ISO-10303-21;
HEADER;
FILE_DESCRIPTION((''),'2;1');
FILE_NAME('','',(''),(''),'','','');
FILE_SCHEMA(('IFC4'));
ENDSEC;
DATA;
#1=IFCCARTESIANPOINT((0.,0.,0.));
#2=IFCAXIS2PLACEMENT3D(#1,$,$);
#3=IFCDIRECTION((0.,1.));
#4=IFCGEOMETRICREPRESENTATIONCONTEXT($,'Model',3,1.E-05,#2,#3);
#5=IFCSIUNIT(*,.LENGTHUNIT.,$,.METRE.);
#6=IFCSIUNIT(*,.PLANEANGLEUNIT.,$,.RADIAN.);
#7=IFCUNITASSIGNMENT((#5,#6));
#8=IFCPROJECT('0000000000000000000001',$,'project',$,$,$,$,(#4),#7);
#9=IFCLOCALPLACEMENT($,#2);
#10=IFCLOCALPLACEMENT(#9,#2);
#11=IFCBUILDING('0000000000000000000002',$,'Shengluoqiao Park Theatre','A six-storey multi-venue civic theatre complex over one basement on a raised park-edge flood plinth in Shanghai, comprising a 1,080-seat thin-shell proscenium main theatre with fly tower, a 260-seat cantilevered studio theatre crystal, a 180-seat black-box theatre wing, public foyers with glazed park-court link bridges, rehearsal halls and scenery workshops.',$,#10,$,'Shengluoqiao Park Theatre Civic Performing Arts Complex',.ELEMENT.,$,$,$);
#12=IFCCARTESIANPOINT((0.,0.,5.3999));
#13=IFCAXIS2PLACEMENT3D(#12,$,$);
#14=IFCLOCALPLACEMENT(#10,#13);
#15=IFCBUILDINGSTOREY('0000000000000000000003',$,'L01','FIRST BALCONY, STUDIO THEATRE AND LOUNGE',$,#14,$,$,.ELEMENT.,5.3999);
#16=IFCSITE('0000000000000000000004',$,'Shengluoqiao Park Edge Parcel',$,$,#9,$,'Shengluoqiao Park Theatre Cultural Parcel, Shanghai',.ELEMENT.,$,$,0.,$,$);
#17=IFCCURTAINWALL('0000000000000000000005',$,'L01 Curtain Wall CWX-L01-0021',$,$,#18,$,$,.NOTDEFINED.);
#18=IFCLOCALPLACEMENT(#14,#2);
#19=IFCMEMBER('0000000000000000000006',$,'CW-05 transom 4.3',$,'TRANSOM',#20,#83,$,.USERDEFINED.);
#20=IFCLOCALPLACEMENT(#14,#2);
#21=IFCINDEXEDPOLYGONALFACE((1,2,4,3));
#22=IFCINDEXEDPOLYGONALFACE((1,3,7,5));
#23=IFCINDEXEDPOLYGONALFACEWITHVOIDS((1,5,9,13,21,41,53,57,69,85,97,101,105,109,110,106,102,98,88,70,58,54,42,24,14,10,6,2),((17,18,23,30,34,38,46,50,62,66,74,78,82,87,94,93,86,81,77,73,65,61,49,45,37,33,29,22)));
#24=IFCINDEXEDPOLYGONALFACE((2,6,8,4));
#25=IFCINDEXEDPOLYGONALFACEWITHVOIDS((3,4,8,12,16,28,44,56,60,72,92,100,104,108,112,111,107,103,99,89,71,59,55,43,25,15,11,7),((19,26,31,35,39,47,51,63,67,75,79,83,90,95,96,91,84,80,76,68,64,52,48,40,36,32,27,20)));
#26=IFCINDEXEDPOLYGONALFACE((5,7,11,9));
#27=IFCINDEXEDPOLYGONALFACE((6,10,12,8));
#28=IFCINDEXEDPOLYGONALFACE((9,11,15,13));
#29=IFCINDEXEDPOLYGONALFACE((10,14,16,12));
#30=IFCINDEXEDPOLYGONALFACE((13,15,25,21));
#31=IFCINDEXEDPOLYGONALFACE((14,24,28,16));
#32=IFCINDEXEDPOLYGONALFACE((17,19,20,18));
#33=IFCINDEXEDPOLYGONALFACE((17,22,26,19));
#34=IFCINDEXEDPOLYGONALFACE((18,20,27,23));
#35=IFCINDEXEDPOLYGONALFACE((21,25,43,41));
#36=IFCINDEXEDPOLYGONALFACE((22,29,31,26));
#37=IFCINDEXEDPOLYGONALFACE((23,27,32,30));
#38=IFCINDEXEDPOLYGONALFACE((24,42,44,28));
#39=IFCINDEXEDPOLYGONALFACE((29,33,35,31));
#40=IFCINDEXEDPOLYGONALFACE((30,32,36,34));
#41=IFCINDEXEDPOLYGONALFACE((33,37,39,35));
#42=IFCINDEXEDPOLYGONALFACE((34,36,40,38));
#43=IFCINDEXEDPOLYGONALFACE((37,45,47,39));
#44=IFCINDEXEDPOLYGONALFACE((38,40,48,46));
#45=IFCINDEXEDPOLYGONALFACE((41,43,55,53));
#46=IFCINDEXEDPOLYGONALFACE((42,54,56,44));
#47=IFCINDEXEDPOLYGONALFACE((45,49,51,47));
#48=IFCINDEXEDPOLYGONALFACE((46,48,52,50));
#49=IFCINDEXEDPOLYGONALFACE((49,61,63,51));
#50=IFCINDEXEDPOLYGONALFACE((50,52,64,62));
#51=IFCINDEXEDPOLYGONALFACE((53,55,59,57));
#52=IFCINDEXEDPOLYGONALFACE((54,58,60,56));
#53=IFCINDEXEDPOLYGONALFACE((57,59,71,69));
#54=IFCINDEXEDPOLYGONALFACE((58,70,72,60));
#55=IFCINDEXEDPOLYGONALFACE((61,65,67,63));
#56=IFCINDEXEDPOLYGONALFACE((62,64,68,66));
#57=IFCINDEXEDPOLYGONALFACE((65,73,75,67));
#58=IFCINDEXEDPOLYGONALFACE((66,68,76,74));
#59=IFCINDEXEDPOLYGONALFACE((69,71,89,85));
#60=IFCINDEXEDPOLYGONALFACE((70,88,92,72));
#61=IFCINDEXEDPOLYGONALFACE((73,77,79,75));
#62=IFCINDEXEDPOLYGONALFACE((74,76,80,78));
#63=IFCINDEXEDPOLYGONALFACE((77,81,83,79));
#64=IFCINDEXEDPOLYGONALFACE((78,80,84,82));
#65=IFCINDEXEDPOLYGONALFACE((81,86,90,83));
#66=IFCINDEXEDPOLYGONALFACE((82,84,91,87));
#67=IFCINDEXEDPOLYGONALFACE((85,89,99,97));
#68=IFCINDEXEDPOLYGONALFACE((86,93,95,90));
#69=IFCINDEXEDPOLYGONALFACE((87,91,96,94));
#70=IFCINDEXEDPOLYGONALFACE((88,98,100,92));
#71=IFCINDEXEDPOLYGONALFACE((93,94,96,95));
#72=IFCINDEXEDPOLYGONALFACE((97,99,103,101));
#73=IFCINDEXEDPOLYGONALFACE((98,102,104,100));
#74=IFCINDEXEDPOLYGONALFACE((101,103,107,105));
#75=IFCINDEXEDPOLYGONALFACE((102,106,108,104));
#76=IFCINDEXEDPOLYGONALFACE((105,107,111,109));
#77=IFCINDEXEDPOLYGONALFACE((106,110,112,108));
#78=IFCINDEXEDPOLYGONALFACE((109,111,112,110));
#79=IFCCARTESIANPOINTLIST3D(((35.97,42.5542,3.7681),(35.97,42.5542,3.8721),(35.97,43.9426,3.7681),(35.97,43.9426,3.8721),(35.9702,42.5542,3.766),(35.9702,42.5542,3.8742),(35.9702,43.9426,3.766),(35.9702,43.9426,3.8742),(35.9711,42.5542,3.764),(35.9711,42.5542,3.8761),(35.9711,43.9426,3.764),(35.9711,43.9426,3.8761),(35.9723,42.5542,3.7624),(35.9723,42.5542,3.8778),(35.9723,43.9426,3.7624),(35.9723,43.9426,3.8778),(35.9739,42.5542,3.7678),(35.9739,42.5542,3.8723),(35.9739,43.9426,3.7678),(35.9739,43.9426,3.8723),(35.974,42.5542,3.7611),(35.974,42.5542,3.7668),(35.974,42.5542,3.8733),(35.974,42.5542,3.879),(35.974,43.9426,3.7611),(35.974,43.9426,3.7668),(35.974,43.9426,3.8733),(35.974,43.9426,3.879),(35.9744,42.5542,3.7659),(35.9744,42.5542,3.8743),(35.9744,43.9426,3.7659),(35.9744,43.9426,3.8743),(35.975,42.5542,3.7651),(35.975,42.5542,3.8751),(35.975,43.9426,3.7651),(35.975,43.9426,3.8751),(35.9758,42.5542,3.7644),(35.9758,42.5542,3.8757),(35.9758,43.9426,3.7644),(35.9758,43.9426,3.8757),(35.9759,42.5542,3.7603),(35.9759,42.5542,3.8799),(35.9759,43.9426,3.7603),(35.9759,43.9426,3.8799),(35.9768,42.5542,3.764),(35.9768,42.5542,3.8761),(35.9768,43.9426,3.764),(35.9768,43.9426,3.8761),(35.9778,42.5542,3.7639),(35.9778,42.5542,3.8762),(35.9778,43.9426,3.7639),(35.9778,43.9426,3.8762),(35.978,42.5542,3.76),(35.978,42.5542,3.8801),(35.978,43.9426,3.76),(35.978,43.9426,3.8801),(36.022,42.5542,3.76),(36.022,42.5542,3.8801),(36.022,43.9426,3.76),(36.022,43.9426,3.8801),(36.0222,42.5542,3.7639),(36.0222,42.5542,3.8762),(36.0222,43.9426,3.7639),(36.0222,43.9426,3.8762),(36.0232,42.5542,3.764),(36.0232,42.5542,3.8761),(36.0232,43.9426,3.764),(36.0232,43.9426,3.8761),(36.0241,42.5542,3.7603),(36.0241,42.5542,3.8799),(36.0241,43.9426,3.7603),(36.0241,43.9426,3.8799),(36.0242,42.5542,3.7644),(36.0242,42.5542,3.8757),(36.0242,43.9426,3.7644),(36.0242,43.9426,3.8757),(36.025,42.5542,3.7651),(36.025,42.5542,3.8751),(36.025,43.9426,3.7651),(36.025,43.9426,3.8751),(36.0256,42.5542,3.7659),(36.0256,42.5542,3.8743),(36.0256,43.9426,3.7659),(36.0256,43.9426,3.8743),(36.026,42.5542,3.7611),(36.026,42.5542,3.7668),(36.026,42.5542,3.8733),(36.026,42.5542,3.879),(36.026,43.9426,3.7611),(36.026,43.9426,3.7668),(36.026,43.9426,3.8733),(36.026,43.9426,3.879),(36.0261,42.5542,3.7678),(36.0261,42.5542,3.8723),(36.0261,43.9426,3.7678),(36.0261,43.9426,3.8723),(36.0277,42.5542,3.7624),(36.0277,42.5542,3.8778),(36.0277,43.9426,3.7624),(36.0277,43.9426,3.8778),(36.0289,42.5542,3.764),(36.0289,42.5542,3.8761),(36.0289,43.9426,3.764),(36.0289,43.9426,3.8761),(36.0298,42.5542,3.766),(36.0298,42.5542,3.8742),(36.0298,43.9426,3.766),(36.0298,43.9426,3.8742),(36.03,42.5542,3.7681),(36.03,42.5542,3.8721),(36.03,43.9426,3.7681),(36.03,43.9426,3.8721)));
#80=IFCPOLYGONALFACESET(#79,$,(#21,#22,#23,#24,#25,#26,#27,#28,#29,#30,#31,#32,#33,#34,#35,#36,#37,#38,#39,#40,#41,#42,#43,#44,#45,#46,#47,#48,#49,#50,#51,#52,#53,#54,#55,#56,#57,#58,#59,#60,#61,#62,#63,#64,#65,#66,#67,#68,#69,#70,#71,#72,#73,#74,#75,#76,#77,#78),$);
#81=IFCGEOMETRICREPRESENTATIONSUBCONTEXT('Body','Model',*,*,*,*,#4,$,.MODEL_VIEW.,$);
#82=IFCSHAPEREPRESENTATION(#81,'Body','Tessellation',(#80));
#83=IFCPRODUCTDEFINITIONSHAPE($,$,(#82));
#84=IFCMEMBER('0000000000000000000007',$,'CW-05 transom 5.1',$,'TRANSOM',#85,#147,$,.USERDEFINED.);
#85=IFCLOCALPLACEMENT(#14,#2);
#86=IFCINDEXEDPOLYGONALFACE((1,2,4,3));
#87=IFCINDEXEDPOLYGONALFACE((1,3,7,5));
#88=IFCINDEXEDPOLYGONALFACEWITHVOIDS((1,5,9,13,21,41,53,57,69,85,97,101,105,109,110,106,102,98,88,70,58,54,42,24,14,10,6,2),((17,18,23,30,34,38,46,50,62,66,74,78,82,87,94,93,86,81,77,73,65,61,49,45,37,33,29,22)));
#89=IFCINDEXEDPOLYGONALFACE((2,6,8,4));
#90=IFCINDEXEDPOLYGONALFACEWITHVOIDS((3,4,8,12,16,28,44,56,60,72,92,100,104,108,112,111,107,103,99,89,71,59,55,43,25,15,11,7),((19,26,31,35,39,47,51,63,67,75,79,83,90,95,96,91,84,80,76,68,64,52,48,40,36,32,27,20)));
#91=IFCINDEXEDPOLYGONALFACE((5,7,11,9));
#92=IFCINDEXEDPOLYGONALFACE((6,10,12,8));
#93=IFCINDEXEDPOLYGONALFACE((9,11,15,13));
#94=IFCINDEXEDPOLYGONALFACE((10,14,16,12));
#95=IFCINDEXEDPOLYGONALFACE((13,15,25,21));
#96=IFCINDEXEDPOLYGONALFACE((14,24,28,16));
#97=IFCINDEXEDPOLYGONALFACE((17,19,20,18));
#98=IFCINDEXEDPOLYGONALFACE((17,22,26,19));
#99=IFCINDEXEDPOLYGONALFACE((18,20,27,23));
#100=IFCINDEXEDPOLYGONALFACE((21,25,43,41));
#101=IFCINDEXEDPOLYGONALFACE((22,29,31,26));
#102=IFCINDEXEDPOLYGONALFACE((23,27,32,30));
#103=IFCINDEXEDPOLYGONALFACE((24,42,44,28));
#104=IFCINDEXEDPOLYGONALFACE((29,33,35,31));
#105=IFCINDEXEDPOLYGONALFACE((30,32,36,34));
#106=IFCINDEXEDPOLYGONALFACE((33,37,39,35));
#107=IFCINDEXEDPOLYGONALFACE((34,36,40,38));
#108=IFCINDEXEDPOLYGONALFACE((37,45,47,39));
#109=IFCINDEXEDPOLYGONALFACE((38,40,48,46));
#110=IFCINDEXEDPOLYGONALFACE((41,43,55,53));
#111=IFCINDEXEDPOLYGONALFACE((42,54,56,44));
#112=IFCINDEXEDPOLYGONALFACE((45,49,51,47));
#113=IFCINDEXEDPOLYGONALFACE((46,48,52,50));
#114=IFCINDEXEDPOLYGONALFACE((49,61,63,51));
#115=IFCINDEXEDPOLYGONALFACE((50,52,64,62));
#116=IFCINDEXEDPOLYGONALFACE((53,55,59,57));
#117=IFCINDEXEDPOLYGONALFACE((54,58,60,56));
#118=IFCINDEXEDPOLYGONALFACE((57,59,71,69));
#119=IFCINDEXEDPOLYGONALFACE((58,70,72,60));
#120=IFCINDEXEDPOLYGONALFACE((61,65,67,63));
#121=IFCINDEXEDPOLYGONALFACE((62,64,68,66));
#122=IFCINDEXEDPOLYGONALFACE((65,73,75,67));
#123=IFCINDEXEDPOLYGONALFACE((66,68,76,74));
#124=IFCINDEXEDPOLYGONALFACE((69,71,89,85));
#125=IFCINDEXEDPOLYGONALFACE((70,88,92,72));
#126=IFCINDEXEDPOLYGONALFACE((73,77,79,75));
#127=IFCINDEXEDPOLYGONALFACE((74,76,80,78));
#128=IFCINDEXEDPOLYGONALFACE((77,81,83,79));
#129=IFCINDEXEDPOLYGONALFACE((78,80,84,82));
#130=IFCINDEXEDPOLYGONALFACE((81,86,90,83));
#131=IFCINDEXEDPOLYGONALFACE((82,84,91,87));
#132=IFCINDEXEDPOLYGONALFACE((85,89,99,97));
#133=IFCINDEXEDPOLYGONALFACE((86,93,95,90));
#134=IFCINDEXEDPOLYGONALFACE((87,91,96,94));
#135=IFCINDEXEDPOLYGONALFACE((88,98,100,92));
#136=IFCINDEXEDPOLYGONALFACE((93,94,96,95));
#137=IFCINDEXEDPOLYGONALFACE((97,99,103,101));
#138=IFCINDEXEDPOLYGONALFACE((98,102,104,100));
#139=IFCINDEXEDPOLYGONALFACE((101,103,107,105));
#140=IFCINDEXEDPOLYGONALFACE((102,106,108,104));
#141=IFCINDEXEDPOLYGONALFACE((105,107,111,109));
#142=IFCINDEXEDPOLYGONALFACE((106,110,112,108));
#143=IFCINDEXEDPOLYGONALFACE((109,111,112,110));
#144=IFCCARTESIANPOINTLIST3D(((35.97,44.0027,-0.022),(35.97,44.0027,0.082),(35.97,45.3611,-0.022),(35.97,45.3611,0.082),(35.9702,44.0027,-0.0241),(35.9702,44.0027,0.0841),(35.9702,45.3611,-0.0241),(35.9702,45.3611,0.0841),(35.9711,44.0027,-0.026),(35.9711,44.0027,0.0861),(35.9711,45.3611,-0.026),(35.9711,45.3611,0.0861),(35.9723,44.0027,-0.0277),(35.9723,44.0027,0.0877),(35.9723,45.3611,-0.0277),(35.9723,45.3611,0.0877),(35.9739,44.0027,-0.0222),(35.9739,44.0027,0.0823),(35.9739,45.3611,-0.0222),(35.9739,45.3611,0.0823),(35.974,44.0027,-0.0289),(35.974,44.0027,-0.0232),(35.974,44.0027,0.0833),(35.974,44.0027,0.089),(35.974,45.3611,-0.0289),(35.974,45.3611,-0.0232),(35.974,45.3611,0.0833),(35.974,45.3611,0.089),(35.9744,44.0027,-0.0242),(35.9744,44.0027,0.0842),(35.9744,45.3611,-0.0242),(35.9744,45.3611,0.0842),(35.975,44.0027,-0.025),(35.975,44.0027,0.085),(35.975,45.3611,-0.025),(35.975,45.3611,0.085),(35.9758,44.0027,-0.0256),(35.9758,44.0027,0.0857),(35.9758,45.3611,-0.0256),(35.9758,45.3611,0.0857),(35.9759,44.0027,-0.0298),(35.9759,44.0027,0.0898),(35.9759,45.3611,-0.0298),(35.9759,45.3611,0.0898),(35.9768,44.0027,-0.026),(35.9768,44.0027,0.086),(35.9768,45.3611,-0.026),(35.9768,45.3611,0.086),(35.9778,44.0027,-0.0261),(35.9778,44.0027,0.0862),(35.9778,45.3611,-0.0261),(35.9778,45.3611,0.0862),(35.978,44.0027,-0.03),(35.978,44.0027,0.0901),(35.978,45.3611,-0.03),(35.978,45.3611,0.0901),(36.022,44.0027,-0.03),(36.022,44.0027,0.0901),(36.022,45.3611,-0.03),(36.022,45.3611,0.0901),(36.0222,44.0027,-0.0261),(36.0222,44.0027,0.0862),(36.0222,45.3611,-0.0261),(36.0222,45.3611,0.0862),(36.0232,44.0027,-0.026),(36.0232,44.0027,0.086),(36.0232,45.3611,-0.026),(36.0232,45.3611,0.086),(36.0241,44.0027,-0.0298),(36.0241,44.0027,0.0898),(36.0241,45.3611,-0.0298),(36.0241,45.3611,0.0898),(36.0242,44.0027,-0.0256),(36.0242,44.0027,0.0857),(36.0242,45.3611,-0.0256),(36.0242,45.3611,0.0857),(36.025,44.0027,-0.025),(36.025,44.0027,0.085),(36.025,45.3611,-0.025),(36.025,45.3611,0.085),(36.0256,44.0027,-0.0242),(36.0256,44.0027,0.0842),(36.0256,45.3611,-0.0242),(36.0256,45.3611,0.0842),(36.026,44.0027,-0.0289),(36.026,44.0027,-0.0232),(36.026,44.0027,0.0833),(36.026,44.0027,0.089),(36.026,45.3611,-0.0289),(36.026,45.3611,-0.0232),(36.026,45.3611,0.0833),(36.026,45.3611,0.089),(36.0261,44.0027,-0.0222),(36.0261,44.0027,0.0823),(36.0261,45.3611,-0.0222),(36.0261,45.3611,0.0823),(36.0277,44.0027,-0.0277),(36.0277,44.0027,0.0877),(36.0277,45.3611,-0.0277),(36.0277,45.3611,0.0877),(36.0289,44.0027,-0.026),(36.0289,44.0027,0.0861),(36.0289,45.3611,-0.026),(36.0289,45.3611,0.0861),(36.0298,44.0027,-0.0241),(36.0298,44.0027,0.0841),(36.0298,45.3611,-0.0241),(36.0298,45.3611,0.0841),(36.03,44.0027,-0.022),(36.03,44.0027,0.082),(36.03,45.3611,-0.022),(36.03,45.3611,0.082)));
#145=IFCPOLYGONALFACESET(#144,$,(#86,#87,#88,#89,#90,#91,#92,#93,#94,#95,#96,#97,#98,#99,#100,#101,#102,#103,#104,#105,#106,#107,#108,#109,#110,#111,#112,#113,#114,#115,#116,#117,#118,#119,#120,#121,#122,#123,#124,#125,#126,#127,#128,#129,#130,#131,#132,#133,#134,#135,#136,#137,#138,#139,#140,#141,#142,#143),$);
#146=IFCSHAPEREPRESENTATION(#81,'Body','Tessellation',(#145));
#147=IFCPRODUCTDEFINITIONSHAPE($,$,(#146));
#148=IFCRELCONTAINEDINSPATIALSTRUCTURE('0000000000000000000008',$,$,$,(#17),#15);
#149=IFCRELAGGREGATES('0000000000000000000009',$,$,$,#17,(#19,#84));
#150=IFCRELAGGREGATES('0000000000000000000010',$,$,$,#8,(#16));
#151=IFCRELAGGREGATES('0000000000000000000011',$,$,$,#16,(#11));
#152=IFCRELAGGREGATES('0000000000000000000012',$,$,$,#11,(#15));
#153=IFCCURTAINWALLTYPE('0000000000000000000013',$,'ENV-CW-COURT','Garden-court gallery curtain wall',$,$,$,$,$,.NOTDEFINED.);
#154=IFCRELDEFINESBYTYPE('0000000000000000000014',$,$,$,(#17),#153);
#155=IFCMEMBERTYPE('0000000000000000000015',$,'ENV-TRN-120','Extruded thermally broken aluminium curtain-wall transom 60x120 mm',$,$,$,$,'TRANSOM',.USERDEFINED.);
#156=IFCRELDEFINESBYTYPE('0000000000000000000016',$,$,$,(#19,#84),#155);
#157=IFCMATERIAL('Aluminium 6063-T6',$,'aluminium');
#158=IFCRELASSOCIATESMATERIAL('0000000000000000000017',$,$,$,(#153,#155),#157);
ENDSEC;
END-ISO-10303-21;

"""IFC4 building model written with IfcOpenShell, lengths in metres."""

from ifc_helpers import new_model, si_unit, direction, frame, origin, origin_2d, place, context, subcontext, project, spatial, hollow_rectangle, extrude, material, material_profile, profile_set, type_object, element, aggregate, save


model = new_model("IFC4")

# Units and contexts
model_context = context("Model", 3, precision=1e-05, world=origin(), true_north=direction((0.0, 1.0)))
body_context = subcontext(model_context, "Body", "Model", "MODEL_VIEW")
ifc_project = project(units=[si_unit("LENGTHUNIT", "METRE"), si_unit("PLANEANGLEUNIT", "RADIAN")], contexts=[model_context])

# Site, building, storey
site_placement = place(None, origin())
site = spatial("IfcSite", under=ifc_project, at=site_placement, Name="Shengluoqiao Park Edge Parcel", LongName="Shengluoqiao Park Theatre Cultural Parcel, Shanghai", CompositionType="ELEMENT", RefElevation=0.0)
building_placement = place(site_placement, origin())
building = spatial("IfcBuilding", under=site, at=building_placement, Name="Shengluoqiao Park Theatre", Description="A six-storey multi-venue civic theatre complex over one basement on a raised park-edge flood plinth in Shanghai, comprising a 1,080-seat thin-shell proscenium main theatre with fly tower, a 260-seat cantilevered studio theatre crystal, a 180-seat black-box theatre wing, public foyers with glazed park-court link bridges, rehearsal halls and scenery workshops.", LongName="Shengluoqiao Park Theatre Civic Performing Arts Complex", CompositionType="ELEMENT")
storey_placement = place(building_placement, frame((0.0, 0.0, 5.3999)))
storey = spatial("IfcBuildingStorey", under=building, at=storey_placement, Name="L01", Description="FIRST BALCONY, STUDIO THEATRE AND LOUNGE", CompositionType="ELEMENT", Elevation=5.3999)

# Curtain wall
ifc_material_1 = material(Name="Aluminium 6063-T6", Category="aluminium")
curtain_wall_type = type_object("IfcCurtainWallType", Name="ENV-CW-COURT", Description="Garden-court gallery curtain wall", PredefinedType="NOTDEFINED", material=ifc_material_1)
curtain_wall_1_placement = place(storey_placement, origin())
curtain_wall_1 = element("IfcCurtainWall", 1, at=curtain_wall_1_placement, inside=storey, type_object=curtain_wall_type, Name="L01 Curtain Wall CWX-L01-0021", PredefinedType="NOTDEFINED")

# Members
ifc_material_profile_1 = material_profile(ifc_material_1, hollow_rectangle(XDim=0.0601, YDim=0.1201, WallThickness=0.0039, InnerFilletRadius=0.0039, OuterFilletRadius=0.0081, at=origin_2d()), Name="ALU TRANSOM 120x60x4")
ifc_profile_set_1 = profile_set([ifc_material_profile_1], Name="Aluminium 6063-T6")
member_type_1 = type_object("IfcMemberType", Name="ENV-TRN-120", Description="Extruded thermally broken aluminium curtain-wall transom 60x120 mm", ElementType="TRANSOM", PredefinedType="USERDEFINED", material=ifc_profile_set_1)
member_1_placement = place(storey_placement, frame((36.0, 42.5542, 3.8201), z_axis=(0.0, 1.0, 0.0), x_axis=(-1.0, 0.0, 0.0)))
member_1 = element("IfcMember", 2, at=member_1_placement, type_object=member_type_1, Name="CW-05 transom 4.3", ObjectType="TRANSOM", PredefinedType="USERDEFINED", context=body_context, shape_type="SweptSolid", body=[
    extrude(hollow_rectangle(XDim=0.0601, YDim=0.1201, WallThickness=0.0039, InnerFilletRadius=0.0039, OuterFilletRadius=0.0081, at=origin_2d()), origin(), (0.0, 0.0, 1.0), 1.3884),
])
member_2_placement = place(storey_placement, frame((36.0, 44.0027, 0.03), z_axis=(0.0, 1.0, 0.0), x_axis=(-1.0, 0.0, 0.0)))
member_2 = element("IfcMember", 3, at=member_2_placement, type_object=member_type_1, Name="CW-05 transom 5.1", ObjectType="TRANSOM", PredefinedType="USERDEFINED", context=body_context, shape_type="SweptSolid", body=[
    extrude(hollow_rectangle(XDim=0.0601, YDim=0.1201, WallThickness=0.0039, InnerFilletRadius=0.0039, OuterFilletRadius=0.0081, at=origin_2d()), origin(), (0.0, 0.0, 1.0), 1.3584),
])

aggregate(curtain_wall_1, [member_1, member_2])

save(model, "model.ifc")
